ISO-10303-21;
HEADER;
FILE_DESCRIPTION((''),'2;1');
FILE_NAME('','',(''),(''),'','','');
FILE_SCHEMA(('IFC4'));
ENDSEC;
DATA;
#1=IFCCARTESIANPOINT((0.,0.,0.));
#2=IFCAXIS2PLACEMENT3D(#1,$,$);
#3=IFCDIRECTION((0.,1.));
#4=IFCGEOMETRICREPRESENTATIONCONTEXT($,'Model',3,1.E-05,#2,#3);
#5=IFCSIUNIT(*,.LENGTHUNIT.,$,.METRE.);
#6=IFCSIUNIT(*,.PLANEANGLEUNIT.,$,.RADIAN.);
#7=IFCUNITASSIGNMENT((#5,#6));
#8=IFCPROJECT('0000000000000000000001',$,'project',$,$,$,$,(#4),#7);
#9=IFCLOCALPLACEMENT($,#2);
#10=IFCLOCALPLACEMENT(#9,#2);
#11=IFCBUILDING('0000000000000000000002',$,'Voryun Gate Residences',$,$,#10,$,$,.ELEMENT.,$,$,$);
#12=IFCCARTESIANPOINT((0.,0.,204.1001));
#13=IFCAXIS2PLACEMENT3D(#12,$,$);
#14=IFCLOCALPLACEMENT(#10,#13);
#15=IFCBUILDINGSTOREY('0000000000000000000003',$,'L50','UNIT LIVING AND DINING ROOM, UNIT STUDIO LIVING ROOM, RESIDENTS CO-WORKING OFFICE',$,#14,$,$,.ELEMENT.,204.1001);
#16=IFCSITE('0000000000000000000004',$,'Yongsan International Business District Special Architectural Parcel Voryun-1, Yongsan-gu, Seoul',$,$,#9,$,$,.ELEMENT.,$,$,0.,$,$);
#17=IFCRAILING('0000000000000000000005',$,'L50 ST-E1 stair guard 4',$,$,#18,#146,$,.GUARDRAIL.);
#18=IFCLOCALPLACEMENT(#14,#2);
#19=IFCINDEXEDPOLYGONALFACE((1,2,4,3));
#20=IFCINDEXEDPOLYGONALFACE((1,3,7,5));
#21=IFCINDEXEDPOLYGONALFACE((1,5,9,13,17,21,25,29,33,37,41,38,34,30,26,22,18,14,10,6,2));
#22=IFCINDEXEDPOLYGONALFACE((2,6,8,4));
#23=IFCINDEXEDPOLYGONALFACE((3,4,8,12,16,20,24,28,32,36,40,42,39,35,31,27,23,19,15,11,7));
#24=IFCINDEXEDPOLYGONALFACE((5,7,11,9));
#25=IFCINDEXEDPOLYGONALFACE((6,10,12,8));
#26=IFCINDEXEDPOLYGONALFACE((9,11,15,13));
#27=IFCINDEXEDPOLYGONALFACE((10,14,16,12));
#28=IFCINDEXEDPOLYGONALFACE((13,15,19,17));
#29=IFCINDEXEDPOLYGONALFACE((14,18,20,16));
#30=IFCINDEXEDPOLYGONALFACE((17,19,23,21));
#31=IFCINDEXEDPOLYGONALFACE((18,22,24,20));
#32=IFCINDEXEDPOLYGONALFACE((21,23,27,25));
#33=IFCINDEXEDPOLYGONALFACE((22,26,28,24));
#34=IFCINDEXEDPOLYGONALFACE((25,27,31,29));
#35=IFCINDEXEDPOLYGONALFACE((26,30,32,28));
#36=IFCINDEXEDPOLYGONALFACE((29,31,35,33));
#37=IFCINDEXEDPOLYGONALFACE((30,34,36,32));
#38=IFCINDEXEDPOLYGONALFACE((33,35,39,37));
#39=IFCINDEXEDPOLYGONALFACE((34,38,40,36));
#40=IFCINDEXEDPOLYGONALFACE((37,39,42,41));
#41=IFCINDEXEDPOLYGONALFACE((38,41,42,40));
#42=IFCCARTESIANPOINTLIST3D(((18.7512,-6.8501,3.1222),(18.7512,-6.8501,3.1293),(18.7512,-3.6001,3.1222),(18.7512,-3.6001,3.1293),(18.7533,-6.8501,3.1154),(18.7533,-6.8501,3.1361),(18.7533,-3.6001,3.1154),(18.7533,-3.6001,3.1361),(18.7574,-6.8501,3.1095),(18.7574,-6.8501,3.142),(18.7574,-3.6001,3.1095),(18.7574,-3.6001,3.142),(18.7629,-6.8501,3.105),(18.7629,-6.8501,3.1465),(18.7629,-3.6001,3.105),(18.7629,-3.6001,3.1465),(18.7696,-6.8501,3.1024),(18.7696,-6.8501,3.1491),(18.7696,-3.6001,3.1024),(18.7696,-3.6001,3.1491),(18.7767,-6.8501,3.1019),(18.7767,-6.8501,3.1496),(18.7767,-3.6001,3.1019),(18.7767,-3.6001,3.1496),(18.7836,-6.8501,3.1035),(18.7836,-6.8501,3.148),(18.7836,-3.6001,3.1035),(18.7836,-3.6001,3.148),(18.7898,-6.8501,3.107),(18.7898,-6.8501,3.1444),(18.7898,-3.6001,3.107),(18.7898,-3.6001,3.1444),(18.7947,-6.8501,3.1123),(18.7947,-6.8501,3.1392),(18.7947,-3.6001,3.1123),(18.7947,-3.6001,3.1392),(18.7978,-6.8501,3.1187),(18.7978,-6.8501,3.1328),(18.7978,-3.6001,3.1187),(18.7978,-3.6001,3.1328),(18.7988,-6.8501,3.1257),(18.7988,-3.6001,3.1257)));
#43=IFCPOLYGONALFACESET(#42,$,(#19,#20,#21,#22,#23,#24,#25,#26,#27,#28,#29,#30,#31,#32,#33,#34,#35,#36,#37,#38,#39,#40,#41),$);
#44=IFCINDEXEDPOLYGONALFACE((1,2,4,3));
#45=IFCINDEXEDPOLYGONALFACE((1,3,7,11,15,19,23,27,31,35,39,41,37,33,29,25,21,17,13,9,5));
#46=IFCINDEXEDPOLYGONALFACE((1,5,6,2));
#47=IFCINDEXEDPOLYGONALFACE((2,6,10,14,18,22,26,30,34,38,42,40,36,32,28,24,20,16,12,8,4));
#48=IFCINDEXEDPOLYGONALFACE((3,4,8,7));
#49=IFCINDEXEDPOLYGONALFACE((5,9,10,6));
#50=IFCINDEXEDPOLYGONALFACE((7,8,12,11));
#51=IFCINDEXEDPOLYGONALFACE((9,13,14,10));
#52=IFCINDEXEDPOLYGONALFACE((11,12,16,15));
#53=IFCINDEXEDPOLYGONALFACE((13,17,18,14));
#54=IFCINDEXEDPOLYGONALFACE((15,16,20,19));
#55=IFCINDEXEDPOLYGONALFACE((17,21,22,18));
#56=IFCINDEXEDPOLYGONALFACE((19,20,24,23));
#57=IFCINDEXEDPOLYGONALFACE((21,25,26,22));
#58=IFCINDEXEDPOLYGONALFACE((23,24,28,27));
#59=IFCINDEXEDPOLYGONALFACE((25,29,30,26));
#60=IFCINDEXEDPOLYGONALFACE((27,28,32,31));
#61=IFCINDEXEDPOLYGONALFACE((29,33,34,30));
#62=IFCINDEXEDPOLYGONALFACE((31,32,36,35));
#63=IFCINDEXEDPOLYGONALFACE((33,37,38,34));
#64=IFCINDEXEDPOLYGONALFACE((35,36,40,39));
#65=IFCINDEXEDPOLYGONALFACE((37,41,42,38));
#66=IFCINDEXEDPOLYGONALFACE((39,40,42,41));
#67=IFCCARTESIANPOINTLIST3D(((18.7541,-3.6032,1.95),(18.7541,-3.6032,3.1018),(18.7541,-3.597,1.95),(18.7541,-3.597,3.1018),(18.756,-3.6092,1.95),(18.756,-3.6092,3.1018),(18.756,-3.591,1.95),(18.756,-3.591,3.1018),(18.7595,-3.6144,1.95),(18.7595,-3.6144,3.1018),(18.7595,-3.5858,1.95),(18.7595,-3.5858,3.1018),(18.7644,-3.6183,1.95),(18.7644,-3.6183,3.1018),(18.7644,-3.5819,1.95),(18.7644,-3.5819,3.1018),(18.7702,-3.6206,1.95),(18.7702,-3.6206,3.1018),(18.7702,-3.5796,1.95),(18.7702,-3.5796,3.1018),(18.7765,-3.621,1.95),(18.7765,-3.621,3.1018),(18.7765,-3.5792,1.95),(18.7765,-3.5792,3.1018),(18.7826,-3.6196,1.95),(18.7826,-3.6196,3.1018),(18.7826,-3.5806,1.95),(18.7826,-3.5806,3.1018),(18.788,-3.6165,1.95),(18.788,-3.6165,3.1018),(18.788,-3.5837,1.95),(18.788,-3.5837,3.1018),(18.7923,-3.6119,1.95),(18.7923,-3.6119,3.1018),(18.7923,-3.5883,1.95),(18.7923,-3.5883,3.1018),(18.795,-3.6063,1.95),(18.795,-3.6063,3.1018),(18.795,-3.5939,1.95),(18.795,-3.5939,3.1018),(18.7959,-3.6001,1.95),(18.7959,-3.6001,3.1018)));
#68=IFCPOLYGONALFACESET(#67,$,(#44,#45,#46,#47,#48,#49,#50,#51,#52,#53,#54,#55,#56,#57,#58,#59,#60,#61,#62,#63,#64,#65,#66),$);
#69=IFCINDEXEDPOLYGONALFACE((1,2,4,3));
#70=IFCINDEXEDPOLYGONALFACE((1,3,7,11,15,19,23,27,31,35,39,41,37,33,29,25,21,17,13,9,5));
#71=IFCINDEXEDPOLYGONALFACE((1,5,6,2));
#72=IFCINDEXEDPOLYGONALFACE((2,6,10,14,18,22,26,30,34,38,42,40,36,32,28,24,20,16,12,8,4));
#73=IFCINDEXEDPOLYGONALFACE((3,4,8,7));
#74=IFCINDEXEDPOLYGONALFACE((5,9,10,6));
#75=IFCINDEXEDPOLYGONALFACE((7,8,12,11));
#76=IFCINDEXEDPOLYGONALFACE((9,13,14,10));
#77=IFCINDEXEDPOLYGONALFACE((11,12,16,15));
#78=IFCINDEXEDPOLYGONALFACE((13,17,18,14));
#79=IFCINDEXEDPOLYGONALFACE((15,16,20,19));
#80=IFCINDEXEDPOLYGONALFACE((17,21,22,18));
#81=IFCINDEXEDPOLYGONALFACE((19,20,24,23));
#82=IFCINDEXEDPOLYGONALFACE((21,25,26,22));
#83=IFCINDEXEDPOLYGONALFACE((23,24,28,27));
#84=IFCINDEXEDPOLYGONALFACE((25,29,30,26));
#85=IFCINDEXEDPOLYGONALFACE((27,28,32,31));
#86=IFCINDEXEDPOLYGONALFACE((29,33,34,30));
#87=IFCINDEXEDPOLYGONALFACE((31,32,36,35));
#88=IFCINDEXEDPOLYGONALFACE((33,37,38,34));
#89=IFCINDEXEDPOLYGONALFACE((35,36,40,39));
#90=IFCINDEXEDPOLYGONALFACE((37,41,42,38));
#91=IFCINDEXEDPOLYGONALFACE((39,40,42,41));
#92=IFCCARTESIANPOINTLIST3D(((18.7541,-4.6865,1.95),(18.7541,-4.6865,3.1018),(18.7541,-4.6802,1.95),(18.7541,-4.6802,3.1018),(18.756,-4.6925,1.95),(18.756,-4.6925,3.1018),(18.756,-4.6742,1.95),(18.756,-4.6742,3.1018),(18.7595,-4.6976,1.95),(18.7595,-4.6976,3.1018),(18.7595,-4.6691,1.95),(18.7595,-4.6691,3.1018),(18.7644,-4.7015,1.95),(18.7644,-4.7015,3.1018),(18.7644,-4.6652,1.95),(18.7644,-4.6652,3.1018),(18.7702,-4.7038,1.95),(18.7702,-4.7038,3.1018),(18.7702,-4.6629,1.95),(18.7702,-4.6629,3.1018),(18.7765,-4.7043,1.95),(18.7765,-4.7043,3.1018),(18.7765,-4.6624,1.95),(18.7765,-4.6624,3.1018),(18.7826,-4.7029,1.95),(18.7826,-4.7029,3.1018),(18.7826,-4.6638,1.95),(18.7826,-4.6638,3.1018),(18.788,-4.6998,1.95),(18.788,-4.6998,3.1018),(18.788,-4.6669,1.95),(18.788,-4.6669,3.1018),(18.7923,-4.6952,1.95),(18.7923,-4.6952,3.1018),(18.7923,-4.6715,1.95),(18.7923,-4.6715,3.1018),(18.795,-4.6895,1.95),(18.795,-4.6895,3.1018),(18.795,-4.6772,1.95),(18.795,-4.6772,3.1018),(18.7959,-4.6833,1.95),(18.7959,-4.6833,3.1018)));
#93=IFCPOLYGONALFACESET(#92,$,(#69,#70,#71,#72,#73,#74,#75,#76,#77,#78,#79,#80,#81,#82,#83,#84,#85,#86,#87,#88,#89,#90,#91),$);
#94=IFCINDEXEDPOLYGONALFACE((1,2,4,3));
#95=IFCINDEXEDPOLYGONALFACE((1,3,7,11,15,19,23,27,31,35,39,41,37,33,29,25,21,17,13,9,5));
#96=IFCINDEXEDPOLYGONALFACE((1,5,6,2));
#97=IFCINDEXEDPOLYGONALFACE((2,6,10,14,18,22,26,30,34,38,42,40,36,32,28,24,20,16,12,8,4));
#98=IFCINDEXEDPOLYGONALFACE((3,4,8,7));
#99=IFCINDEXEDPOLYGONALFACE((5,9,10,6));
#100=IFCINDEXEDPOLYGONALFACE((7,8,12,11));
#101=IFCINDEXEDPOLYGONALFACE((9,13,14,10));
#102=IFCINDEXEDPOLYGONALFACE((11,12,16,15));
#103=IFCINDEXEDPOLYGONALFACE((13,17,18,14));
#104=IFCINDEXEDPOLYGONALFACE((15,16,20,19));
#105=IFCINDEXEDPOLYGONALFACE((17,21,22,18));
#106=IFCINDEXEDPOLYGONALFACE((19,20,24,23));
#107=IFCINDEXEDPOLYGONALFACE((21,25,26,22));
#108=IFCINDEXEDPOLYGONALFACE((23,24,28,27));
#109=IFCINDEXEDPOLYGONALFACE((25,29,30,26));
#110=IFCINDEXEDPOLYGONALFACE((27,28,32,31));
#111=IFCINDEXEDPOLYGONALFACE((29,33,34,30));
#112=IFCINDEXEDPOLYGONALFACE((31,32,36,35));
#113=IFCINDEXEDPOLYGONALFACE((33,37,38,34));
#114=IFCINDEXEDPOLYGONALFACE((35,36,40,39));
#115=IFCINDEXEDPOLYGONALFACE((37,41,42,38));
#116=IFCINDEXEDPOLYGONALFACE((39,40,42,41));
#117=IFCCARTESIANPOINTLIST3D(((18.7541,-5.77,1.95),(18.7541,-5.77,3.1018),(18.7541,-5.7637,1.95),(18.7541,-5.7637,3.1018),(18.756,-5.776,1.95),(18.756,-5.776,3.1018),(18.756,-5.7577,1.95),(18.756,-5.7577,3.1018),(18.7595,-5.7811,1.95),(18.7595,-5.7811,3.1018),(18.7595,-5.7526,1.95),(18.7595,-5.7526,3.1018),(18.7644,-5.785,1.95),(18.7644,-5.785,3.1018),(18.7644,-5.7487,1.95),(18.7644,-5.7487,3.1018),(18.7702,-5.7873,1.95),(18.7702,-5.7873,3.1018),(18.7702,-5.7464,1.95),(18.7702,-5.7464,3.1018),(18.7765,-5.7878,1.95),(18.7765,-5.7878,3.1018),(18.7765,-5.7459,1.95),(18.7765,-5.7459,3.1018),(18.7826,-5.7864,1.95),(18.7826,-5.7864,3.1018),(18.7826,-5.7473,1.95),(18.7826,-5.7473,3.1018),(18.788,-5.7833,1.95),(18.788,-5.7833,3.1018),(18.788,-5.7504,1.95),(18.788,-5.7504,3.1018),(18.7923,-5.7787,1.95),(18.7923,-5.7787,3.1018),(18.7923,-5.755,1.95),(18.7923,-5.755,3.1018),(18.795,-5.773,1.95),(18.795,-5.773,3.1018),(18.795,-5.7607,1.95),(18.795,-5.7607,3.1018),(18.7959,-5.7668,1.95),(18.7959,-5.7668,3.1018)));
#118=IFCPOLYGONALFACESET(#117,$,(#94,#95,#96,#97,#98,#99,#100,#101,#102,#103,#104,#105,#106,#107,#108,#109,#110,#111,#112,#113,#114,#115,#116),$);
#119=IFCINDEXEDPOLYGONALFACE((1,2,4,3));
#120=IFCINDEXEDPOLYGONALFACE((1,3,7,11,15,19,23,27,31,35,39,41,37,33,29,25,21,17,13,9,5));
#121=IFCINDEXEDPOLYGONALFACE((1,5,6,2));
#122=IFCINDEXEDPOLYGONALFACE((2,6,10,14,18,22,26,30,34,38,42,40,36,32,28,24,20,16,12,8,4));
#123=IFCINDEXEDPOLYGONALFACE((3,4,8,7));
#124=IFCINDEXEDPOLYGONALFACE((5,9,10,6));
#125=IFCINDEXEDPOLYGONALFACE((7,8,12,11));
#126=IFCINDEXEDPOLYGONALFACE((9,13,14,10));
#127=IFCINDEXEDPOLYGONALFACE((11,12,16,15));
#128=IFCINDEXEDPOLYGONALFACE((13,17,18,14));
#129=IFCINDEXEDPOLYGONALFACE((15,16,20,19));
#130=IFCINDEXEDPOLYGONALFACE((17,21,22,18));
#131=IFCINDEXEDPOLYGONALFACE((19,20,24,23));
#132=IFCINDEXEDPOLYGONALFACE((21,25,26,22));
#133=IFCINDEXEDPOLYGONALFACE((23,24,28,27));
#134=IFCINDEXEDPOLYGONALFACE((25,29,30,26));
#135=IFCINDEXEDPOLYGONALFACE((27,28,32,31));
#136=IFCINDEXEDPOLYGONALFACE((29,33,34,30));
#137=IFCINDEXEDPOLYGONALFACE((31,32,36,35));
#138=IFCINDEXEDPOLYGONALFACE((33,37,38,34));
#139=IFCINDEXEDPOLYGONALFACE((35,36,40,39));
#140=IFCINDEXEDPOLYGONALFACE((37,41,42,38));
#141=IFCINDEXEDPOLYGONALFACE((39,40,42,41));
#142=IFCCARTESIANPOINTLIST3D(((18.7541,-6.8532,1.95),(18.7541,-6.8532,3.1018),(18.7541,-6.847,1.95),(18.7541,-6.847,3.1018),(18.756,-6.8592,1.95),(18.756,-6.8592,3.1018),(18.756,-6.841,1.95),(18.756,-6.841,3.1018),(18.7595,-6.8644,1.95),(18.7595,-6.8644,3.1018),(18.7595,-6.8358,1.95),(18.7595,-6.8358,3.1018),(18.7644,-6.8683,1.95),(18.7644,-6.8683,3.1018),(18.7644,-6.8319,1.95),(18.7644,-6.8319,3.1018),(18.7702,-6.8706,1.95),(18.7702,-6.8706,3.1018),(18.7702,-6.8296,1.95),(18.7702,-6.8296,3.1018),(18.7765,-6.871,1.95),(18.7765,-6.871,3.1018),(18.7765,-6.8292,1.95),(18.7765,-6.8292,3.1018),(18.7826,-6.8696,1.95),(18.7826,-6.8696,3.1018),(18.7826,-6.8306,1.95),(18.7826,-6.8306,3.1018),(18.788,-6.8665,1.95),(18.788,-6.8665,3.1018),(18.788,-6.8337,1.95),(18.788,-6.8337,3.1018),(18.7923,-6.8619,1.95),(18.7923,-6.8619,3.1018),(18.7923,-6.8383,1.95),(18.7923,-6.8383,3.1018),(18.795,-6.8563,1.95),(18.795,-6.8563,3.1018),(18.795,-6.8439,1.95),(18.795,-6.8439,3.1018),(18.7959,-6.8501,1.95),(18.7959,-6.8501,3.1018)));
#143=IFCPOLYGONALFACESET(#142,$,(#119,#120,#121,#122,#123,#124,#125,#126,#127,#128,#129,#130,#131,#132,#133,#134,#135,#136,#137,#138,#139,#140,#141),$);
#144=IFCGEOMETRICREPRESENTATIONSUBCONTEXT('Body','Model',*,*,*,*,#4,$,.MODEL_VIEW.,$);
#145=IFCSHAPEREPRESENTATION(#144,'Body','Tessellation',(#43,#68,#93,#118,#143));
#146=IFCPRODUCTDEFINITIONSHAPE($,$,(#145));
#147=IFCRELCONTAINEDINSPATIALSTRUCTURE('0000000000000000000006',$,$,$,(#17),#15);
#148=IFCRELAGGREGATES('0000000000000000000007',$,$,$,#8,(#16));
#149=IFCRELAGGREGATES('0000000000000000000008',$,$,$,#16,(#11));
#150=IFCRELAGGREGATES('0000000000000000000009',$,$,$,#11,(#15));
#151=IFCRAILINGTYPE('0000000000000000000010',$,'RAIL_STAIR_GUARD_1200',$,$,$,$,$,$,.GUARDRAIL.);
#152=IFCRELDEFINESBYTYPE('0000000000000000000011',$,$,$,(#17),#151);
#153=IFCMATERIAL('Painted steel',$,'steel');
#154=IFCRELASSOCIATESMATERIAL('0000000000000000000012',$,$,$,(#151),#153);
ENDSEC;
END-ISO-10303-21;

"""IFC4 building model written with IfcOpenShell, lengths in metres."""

from ifc_helpers import new_model, si_unit, direction, frame, origin, origin_2d, place, context, subcontext, project, spatial, circle, extrude, material, type_object, element, save


model = new_model("IFC4")

# Units and contexts
model_context = context("Model", 3, precision=1e-05, world=origin(), true_north=direction((0.0, 1.0)))
body_context = subcontext(model_context, "Body", "Model", "MODEL_VIEW")
ifc_project = project(units=[si_unit("LENGTHUNIT", "METRE"), si_unit("PLANEANGLEUNIT", "RADIAN")], contexts=[model_context])

# Site, building, storey
site_placement = place(None, origin())
site = spatial("IfcSite", under=ifc_project, at=site_placement, Name="Yongsan International Business District Special Architectural Parcel Voryun-1, Yongsan-gu, Seoul", CompositionType="ELEMENT", RefElevation=0.0)
building_placement = place(site_placement, origin())
building = spatial("IfcBuilding", under=site, at=building_placement, Name="Voryun Gate Residences", CompositionType="ELEMENT")
storey_placement = place(building_placement, frame((0.0, 0.0, 204.1001)))
storey = spatial("IfcBuildingStorey", under=building, at=storey_placement, Name="L50", Description="UNIT LIVING AND DINING ROOM, UNIT STUDIO LIVING ROOM, RESIDENTS CO-WORKING OFFICE", CompositionType="ELEMENT", Elevation=204.1001)

# Railing
ifc_material_1 = material(Name="Painted steel", Category="steel")
railing_type_1 = type_object("IfcRailingType", Name="RAIL_STAIR_GUARD_1200", PredefinedType="GUARDRAIL", material=ifc_material_1)
railing_1_placement = place(storey_placement, frame((18.7749, -3.6001, 1.95)))
element("IfcRailing", 1, at=railing_1_placement, inside=storey, type_object=railing_type_1, Name="L50 ST-E1 stair guard 4", PredefinedType="GUARDRAIL", context=body_context, shape_type="SweptSolid", body=[
    extrude(circle(Radius=0.0239, at=origin_2d()), frame((0.0, 0.0, 1.1758), z_axis=(0.0, -1.0, 0.0), x_axis=(1.0, 0.0, 0.0)), (0.0, 0.0, 1.0), 3.25),
    extrude(circle(Radius=0.021, at=origin_2d()), origin(), (0.0, 0.0, 1.0), 1.1519),
    extrude(circle(Radius=0.021, at=origin_2d()), frame((0.0, -1.0833, 0.0)), (0.0, 0.0, 1.0), 1.1519),
    extrude(circle(Radius=0.021, at=origin_2d()), frame((0.0, -2.1667, 0.0)), (0.0, 0.0, 1.0), 1.1519),
    extrude(circle(Radius=0.021, at=origin_2d()), frame((0.0, -3.25, 0.0)), (0.0, 0.0, 1.0), 1.1519),
])

save(model, "model.ifc")
